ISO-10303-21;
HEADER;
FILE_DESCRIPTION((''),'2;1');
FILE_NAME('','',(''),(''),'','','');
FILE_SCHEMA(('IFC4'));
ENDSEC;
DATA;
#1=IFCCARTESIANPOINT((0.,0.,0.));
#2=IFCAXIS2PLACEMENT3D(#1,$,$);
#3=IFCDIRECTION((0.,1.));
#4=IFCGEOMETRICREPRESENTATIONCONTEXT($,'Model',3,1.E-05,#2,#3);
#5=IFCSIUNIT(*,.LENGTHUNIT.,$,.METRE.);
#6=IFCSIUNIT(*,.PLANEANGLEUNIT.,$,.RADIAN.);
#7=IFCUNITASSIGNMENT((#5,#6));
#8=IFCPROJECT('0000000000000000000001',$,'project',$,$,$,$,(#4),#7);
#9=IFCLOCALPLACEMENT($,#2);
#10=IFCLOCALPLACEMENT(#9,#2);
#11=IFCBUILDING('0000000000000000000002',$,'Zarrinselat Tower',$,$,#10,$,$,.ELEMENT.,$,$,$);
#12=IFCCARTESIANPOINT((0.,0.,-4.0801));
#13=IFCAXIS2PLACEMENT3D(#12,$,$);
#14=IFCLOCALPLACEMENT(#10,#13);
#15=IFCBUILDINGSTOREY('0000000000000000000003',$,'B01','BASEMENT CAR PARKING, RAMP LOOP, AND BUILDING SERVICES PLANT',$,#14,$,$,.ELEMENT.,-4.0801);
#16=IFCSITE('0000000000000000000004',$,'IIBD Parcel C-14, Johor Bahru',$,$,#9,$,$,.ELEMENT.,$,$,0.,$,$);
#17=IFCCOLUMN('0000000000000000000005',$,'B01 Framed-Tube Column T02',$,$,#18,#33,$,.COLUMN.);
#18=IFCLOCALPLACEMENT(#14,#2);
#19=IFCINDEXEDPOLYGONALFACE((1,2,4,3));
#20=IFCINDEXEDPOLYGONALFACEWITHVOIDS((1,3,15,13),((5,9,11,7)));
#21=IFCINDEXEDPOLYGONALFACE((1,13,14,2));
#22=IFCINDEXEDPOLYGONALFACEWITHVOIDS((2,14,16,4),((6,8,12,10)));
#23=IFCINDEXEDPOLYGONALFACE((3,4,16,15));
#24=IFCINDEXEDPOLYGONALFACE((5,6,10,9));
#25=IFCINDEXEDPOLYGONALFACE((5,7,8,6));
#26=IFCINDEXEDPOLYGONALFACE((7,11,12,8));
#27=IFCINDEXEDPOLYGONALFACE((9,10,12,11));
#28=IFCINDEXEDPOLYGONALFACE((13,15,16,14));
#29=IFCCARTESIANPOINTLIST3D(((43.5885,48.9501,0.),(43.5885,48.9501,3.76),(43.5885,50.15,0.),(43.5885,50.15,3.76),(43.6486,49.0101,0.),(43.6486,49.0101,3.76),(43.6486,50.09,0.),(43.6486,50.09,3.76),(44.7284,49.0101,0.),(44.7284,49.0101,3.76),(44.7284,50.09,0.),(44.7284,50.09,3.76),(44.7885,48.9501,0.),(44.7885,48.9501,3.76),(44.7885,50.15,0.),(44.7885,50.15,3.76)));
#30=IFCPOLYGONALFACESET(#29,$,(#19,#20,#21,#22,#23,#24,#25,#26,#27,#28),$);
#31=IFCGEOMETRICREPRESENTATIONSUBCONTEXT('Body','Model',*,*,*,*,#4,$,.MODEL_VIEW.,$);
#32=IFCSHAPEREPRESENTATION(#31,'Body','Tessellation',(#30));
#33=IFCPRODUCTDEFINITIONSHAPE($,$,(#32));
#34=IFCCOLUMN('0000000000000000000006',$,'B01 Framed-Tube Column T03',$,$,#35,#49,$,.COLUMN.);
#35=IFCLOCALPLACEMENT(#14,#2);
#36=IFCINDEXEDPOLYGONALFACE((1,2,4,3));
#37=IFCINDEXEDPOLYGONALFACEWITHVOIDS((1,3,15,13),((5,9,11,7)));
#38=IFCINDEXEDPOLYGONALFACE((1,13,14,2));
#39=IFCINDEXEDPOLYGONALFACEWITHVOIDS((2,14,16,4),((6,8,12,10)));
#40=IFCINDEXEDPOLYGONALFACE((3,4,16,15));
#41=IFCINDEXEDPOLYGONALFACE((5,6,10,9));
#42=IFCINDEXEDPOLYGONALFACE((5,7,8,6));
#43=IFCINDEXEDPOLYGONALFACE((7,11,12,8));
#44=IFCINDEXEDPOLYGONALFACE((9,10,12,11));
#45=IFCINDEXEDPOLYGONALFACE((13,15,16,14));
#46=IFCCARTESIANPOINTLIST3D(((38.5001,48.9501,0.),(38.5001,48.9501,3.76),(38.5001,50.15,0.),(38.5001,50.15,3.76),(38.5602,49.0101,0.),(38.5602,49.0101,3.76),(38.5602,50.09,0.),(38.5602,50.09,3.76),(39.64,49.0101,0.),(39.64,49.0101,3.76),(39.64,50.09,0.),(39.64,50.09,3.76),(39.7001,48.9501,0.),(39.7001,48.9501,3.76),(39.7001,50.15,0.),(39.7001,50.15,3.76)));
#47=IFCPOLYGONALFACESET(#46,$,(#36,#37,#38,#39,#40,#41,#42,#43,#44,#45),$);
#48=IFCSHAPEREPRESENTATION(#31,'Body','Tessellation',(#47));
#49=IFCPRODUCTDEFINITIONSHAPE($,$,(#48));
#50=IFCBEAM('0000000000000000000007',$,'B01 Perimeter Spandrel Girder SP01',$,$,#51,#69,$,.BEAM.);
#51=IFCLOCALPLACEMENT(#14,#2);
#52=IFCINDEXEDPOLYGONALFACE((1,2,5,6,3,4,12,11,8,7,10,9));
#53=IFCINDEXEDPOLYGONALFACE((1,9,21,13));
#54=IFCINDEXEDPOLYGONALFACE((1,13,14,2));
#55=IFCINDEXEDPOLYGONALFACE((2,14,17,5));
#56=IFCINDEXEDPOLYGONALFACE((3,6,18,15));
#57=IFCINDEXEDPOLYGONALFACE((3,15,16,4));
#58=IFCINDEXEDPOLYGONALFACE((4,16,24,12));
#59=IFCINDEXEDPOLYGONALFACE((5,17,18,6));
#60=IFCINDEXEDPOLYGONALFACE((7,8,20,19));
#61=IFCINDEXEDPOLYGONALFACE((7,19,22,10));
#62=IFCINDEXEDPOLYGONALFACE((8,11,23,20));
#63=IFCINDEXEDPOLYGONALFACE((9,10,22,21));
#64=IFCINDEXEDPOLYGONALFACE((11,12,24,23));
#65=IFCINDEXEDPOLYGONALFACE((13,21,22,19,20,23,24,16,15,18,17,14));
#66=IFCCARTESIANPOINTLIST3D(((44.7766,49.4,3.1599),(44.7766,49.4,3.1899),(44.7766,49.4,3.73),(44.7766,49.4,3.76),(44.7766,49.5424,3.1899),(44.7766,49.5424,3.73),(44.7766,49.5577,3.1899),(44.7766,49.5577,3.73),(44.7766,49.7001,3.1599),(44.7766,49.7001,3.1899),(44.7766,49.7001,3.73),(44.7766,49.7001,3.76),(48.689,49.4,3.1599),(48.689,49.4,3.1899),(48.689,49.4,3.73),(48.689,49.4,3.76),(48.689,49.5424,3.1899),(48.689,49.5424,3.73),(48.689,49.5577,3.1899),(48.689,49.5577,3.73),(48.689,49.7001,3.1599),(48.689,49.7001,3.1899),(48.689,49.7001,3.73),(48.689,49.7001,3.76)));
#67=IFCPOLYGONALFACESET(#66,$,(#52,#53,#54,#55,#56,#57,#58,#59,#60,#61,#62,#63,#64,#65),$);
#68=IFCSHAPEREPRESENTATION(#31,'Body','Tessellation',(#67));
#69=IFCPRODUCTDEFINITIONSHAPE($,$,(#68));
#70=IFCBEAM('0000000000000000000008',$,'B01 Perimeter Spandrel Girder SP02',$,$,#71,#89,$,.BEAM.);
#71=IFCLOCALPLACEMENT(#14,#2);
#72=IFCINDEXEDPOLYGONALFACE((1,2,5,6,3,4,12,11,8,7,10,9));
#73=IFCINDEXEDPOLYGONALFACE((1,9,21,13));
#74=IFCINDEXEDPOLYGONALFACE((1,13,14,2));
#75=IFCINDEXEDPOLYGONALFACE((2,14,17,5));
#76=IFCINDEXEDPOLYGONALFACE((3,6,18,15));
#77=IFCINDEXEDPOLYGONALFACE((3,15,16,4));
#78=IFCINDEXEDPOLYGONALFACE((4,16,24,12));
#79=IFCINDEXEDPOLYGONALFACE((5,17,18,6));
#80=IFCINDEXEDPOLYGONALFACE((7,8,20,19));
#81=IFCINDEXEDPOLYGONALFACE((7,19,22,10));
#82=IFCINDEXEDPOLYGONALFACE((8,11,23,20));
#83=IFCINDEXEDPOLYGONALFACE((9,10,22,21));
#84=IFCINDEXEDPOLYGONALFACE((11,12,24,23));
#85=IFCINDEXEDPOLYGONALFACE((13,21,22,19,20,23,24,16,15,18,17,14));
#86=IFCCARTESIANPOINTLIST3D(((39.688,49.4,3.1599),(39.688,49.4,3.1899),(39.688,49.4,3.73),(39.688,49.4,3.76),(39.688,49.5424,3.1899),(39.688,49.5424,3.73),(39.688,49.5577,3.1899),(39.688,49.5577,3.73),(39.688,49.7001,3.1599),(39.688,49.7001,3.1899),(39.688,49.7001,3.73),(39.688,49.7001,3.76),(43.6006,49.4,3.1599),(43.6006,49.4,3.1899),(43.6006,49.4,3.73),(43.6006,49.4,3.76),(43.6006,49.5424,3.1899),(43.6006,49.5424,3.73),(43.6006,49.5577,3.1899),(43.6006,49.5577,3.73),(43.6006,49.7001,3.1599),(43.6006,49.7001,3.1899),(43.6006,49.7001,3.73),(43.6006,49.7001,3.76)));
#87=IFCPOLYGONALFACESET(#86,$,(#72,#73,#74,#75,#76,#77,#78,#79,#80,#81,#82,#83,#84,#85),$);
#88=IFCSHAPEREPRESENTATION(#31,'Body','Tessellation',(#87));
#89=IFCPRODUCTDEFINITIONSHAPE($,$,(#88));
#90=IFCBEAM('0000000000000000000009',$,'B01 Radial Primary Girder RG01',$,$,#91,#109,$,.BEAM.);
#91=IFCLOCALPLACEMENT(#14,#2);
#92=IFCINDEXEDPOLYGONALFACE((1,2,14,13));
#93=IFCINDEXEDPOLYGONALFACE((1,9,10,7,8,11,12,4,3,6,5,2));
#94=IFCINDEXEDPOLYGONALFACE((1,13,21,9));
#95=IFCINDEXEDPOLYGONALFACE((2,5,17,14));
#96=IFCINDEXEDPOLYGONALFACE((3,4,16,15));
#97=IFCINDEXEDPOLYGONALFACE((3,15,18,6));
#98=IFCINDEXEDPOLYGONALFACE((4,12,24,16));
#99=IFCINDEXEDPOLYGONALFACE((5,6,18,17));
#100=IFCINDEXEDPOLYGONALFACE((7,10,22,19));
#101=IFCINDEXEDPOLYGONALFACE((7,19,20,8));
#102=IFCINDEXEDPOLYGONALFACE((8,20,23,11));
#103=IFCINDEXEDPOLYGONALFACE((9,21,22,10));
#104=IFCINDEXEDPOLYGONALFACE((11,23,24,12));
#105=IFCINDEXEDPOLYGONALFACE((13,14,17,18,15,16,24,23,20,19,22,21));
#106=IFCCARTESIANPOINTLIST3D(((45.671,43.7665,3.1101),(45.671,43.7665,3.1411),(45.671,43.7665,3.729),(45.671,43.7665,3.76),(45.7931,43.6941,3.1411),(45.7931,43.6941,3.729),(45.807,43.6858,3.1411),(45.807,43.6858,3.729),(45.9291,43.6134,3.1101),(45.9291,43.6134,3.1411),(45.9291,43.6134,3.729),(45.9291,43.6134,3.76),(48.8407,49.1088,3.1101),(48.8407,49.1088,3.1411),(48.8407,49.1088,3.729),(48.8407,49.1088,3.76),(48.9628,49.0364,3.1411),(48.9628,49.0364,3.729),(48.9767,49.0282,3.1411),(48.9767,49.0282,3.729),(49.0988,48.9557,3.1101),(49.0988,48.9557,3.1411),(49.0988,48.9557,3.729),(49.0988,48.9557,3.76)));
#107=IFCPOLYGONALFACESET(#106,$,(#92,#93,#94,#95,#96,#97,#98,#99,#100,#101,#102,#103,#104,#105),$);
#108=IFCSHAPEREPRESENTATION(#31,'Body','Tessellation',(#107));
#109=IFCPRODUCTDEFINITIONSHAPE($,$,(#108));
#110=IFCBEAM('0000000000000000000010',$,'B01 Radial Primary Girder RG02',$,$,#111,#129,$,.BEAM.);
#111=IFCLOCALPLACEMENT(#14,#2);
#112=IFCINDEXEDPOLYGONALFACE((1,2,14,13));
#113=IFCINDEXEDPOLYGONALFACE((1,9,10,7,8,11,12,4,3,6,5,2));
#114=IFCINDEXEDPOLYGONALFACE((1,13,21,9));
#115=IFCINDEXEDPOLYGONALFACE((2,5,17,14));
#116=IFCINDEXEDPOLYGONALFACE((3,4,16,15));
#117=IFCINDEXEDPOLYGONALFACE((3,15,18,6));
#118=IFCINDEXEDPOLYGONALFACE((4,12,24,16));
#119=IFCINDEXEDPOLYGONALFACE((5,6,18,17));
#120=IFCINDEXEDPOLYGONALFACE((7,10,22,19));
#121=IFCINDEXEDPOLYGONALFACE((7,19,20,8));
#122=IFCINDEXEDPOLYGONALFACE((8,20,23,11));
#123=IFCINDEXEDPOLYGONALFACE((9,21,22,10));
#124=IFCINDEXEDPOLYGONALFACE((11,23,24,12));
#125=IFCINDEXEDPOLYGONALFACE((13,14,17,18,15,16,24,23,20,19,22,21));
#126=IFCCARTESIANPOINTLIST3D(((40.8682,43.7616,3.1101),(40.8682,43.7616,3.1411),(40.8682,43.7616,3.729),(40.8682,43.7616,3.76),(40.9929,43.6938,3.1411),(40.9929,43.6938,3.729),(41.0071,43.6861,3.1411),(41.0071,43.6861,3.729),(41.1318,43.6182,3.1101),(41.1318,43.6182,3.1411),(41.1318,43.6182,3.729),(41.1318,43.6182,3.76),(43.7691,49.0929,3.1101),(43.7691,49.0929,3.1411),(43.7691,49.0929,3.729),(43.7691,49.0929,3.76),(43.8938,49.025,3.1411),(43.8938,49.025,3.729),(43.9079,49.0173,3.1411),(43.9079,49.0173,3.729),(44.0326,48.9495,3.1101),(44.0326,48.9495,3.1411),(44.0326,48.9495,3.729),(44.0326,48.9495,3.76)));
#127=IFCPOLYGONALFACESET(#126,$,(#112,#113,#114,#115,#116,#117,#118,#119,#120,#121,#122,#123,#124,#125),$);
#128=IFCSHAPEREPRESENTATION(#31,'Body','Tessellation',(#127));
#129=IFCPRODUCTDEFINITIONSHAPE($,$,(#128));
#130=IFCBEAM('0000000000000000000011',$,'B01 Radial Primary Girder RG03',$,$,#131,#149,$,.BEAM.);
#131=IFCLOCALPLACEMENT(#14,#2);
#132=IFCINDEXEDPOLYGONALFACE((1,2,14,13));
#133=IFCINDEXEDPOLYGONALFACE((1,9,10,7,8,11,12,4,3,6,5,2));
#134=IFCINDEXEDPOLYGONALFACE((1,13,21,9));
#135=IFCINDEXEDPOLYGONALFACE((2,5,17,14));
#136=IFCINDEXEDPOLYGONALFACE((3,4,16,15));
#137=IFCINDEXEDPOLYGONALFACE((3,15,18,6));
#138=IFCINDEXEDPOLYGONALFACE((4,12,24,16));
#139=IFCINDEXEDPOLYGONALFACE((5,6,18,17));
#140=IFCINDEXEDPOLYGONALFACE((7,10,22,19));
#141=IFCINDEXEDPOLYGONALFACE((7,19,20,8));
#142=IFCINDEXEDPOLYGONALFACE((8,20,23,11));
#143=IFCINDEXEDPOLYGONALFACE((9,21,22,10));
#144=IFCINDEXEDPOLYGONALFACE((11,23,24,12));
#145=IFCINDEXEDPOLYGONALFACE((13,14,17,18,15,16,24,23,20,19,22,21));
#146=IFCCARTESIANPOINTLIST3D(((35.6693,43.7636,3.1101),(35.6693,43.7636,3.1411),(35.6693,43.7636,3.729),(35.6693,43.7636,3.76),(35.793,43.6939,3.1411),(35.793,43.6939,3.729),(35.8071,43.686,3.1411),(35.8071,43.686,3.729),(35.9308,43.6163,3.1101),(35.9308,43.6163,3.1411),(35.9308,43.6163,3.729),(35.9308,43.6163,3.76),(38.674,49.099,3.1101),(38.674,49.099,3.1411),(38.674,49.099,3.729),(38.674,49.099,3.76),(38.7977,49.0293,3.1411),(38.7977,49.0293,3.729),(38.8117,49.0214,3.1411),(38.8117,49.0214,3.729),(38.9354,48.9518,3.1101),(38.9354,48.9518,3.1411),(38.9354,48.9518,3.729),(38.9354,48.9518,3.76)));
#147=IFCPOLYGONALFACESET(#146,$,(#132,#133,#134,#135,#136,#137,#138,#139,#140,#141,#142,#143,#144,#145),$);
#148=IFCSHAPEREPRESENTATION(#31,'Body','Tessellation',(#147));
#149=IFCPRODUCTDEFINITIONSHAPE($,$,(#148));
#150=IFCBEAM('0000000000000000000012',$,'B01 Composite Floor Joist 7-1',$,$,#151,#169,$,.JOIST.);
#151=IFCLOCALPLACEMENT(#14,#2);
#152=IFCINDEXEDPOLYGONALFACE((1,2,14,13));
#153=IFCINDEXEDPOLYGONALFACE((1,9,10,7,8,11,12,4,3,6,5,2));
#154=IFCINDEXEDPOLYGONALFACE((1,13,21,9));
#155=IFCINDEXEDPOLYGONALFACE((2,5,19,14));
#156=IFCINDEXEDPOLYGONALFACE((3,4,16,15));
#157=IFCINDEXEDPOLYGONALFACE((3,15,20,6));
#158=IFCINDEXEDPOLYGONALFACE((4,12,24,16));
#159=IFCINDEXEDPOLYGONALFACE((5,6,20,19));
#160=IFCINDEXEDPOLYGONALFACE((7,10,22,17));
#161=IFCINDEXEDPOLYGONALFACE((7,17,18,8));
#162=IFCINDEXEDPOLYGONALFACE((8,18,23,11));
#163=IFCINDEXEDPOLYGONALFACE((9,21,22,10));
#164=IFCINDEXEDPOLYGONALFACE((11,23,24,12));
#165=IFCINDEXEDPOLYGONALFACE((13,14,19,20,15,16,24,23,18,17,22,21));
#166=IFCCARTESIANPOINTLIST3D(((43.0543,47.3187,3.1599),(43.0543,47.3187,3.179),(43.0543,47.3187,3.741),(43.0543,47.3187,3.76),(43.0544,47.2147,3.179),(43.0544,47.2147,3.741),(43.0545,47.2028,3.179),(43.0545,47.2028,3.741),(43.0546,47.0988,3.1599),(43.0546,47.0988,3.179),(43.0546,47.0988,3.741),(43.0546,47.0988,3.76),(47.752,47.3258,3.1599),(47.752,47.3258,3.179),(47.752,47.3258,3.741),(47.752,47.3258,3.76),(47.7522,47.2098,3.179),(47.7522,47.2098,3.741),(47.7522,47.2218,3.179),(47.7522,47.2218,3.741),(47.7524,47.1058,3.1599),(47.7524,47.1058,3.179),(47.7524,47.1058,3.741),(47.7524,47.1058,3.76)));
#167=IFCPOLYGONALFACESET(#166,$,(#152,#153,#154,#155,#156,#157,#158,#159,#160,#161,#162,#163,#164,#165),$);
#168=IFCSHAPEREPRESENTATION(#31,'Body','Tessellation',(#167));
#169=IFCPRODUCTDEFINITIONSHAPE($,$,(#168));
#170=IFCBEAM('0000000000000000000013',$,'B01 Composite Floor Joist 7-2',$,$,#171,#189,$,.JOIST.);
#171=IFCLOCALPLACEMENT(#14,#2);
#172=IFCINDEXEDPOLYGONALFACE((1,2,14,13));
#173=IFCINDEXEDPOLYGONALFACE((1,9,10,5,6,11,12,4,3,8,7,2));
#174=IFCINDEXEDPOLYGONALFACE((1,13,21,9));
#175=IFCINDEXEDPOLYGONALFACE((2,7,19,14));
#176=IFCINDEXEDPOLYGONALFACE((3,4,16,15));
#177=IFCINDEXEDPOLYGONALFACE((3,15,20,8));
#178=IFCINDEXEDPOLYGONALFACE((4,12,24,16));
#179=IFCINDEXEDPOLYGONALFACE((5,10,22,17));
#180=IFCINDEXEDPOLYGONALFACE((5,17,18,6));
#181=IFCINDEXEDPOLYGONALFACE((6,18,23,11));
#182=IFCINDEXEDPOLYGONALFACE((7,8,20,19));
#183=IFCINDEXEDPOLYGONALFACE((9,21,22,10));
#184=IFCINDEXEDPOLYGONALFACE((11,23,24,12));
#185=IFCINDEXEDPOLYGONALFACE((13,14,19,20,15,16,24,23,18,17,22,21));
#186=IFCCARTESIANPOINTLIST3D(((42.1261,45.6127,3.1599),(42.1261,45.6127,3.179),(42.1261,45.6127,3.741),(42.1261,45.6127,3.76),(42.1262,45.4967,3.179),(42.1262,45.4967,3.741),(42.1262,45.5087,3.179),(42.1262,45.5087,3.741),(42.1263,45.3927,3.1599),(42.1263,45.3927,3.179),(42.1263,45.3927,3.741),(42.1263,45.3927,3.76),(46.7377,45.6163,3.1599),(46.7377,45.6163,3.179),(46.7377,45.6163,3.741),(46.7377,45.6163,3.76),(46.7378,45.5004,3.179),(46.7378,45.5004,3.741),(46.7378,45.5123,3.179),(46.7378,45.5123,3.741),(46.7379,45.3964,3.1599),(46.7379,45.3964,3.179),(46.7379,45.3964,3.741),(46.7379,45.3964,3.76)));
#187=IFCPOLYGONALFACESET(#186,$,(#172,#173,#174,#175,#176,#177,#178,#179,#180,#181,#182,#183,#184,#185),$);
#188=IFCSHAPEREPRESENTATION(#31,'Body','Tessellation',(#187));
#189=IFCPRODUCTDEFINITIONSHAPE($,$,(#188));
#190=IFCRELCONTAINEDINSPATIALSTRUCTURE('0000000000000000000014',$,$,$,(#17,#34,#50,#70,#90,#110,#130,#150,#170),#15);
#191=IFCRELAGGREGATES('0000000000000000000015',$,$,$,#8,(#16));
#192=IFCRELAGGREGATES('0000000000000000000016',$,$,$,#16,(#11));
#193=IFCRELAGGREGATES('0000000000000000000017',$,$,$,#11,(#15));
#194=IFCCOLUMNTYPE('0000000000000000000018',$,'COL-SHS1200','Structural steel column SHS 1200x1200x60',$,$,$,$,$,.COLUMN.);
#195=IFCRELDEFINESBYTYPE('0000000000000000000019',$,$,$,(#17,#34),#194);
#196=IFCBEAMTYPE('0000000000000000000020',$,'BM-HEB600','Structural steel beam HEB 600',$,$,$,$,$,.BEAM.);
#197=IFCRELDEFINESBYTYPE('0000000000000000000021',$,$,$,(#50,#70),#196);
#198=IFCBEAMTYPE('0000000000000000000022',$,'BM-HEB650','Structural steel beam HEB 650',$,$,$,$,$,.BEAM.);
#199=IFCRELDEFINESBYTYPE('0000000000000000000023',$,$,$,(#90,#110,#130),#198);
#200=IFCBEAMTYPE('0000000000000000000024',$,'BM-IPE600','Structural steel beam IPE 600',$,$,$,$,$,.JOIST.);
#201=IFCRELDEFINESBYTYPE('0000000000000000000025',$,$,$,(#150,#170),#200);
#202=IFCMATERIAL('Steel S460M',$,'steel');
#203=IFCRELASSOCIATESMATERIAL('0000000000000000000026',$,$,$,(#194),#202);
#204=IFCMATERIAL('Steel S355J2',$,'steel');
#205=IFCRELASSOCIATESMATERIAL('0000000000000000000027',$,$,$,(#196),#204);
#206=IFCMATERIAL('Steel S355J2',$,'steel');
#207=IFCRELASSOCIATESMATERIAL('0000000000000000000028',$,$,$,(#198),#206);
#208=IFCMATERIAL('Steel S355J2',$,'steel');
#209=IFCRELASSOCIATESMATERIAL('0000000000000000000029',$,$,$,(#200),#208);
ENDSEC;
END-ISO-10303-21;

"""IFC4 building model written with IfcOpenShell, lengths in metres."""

from ifc_helpers import new_model, si_unit, direction, frame, origin, origin_2d, place, context, subcontext, project, spatial, hollow_rectangle, i_section, extrude, material, material_profile, profile_set, type_object, element, save


model = new_model("IFC4")

# Units and contexts
model_context = context("Model", 3, precision=1e-05, world=origin(), true_north=direction((0.0, 1.0)))
body_context = subcontext(model_context, "Body", "Model", "MODEL_VIEW")
ifc_project = project(units=[si_unit("LENGTHUNIT", "METRE"), si_unit("PLANEANGLEUNIT", "RADIAN")], contexts=[model_context])

# Site, building, storey
site_placement = place(None, origin())
site = spatial("IfcSite", under=ifc_project, at=site_placement, Name="IIBD Parcel C-14, Johor Bahru", CompositionType="ELEMENT", RefElevation=0.0)
building_placement = place(site_placement, origin())
building = spatial("IfcBuilding", under=site, at=building_placement, Name="Zarrinselat Tower", CompositionType="ELEMENT")
storey_placement = place(building_placement, frame((0.0, 0.0, -4.0801)))
storey = spatial("IfcBuildingStorey", under=building, at=storey_placement, Name="B01", Description="BASEMENT CAR PARKING, RAMP LOOP, AND BUILDING SERVICES PLANT", CompositionType="ELEMENT", Elevation=-4.0801)

# Columns
ifc_material_1 = material(Name="Steel S460M", Category="steel")
ifc_material_profile_1 = material_profile(ifc_material_1, hollow_rectangle(XDim=1.2, YDim=1.2, WallThickness=0.0601, at=origin_2d()), Name="SHS 1200x1200x60")
ifc_profile_set_1 = profile_set([ifc_material_profile_1], Name="Steel S460M")
column_type = type_object("IfcColumnType", Name="COL-SHS1200", Description="Structural steel column SHS 1200x1200x60", PredefinedType="COLUMN", material=ifc_profile_set_1)
for number, where, z_axis, x_axis, name in (
    (1, (44.1885, 49.55, 0.0), (0.0, 0.0, 1.0), (1.0, 0.0, 0.0), "B01 Framed-Tube Column T02"),
    (2, (39.1001, 49.55, 0.0), (0.0, 0.0, 1.0), (1.0, 0.0, 0.0), "B01 Framed-Tube Column T03"),
):
    element("IfcColumn", number, at=place(storey_placement, frame(where, z_axis=z_axis, x_axis=x_axis)), inside=storey, type_object=column_type, Name=name, PredefinedType="COLUMN", context=body_context, shape_type="SweptSolid", body=[
        extrude(hollow_rectangle(XDim=1.2, YDim=1.2, WallThickness=0.0601, at=origin_2d()), origin(), (0.0, 0.0, 1.0), 3.76),
    ])

# Beams
ifc_material_2 = material(Name="Steel S355J2", Category="steel")
ifc_material_profile_2 = material_profile(ifc_material_2, i_section(OverallWidth=0.3, OverallDepth=0.6001, WebThickness=0.0154, FlangeThickness=0.03, at=origin_2d()), Name="HEB 600")
ifc_profile_set_2 = profile_set([ifc_material_profile_2], Name="Steel S355J2")
beam_type_1 = type_object("IfcBeamType", Name="BM-HEB600", Description="Structural steel beam HEB 600", PredefinedType="BEAM", material=ifc_profile_set_2)
beam_1_placement = place(storey_placement, frame((44.7766, 49.55, 3.46), z_axis=(1.0, 0.0, 0.0), x_axis=(0.0, 1.0, 0.0)))
element("IfcBeam", 3, at=beam_1_placement, inside=storey, type_object=beam_type_1, Name="B01 Perimeter Spandrel Girder SP01", PredefinedType="BEAM", context=body_context, shape_type="SweptSolid", body=[
    extrude(i_section(OverallWidth=0.3, OverallDepth=0.6001, WebThickness=0.0154, FlangeThickness=0.03, at=origin_2d()), origin(), (0.0, 0.0, 1.0), 3.9124),
])
beam_2_placement = place(storey_placement, frame((39.688, 49.55, 3.46), z_axis=(1.0, 0.0, 0.0), x_axis=(0.0, 1.0, 0.0)))
element("IfcBeam", 4, at=beam_2_placement, inside=storey, type_object=beam_type_1, Name="B01 Perimeter Spandrel Girder SP02", PredefinedType="BEAM", context=body_context, shape_type="SweptSolid", body=[
    extrude(i_section(OverallWidth=0.3, OverallDepth=0.6001, WebThickness=0.0154, FlangeThickness=0.03, at=origin_2d()), origin(), (0.0, 0.0, 1.0), 3.9126),
])
ifc_material_3 = material(Name="Steel S355J2", Category="steel")
ifc_material_profile_3 = material_profile(ifc_material_3, i_section(OverallWidth=0.3, OverallDepth=0.6499, WebThickness=0.0161, FlangeThickness=0.031, at=origin_2d()), Name="HEB 650")
ifc_profile_set_3 = profile_set([ifc_material_profile_3], Name="Steel S355J2")
beam_type_2 = type_object("IfcBeamType", Name="BM-HEB650", Description="Structural steel beam HEB 650", PredefinedType="BEAM", material=ifc_profile_set_3)
beam_3_placement = place(storey_placement, frame((45.8, 43.6899, 3.4351), z_axis=(0.510264, 0.860018, 0.0), x_axis=(-0.860018, 0.510264, 0.0)))
element("IfcBeam", 5, at=beam_3_placement, inside=storey, type_object=beam_type_2, Name="B01 Radial Primary Girder RG01", PredefinedType="BEAM", context=body_context, shape_type="SweptSolid", body=[
    extrude(i_section(OverallWidth=0.3, OverallDepth=0.6499, WebThickness=0.0161, FlangeThickness=0.031, at=origin_2d()), origin(), (0.0, 0.0, 1.0), 6.2119),
])
beam_4_placement = place(storey_placement, frame((41.0, 43.6899, 3.4351), z_axis=(0.47795, 0.878387, 0.0), x_axis=(-0.878387, 0.47795, 0.0)))
element("IfcBeam", 6, at=beam_4_placement, inside=storey, type_object=beam_type_2, Name="B01 Radial Primary Girder RG02", PredefinedType="BEAM", context=body_context, shape_type="SweptSolid", body=[
    extrude(i_section(OverallWidth=0.3, OverallDepth=0.6499, WebThickness=0.0161, FlangeThickness=0.031, at=origin_2d()), origin(), (0.0, 0.0, 1.0), 6.0693),
])
beam_5_placement = place(storey_placement, frame((35.8, 43.6899, 3.4351), z_axis=(0.490689, 0.871335, 0.0), x_axis=(-0.871335, 0.490689, 0.0)))
element("IfcBeam", 7, at=beam_5_placement, inside=storey, type_object=beam_type_2, Name="B01 Radial Primary Girder RG03", PredefinedType="BEAM", context=body_context, shape_type="SweptSolid", body=[
    extrude(i_section(OverallWidth=0.3, OverallDepth=0.6499, WebThickness=0.0161, FlangeThickness=0.031, at=origin_2d()), origin(), (0.0, 0.0, 1.0), 6.1233),
])
ifc_material_4 = material(Name="Steel S355J2", Category="steel")
ifc_material_profile_4 = material_profile(ifc_material_4, i_section(OverallWidth=0.22, OverallDepth=0.6001, WebThickness=0.012, FlangeThickness=0.019, at=origin_2d()), Name="IPE 600")
ifc_profile_set_4 = profile_set([ifc_material_profile_4], Name="Steel S355J2")
beam_type_3 = type_object("IfcBeamType", Name="BM-IPE600", Description="Structural steel beam IPE 600", PredefinedType="JOIST", material=ifc_profile_set_4)
beam_6_placement = place(storey_placement, frame((43.0544, 47.2087, 3.46), z_axis=(0.999999, 0.001507, 0.0), x_axis=(-0.001507, 0.999999, 0.0)))
element("IfcBeam", 8, at=beam_6_placement, inside=storey, type_object=beam_type_3, Name="B01 Composite Floor Joist 7-1", PredefinedType="JOIST", context=body_context, shape_type="SweptSolid", body=[
    extrude(i_section(OverallWidth=0.22, OverallDepth=0.6001, WebThickness=0.012, FlangeThickness=0.019, at=origin_2d()), origin(), (0.0, 0.0, 1.0), 4.6978),
])
beam_7_placement = place(storey_placement, frame((42.1262, 45.5027, 3.46), z_axis=(1.0, 0.000794, 0.0), x_axis=(-0.000794, 1.0, 0.0)))
element("IfcBeam", 9, at=beam_7_placement, inside=storey, type_object=beam_type_3, Name="B01 Composite Floor Joist 7-2", PredefinedType="JOIST", context=body_context, shape_type="SweptSolid", body=[
    extrude(i_section(OverallWidth=0.22, OverallDepth=0.6001, WebThickness=0.012, FlangeThickness=0.019, at=origin_2d()), origin(), (0.0, 0.0, 1.0), 4.6116),
])

save(model, "model.ifc")
